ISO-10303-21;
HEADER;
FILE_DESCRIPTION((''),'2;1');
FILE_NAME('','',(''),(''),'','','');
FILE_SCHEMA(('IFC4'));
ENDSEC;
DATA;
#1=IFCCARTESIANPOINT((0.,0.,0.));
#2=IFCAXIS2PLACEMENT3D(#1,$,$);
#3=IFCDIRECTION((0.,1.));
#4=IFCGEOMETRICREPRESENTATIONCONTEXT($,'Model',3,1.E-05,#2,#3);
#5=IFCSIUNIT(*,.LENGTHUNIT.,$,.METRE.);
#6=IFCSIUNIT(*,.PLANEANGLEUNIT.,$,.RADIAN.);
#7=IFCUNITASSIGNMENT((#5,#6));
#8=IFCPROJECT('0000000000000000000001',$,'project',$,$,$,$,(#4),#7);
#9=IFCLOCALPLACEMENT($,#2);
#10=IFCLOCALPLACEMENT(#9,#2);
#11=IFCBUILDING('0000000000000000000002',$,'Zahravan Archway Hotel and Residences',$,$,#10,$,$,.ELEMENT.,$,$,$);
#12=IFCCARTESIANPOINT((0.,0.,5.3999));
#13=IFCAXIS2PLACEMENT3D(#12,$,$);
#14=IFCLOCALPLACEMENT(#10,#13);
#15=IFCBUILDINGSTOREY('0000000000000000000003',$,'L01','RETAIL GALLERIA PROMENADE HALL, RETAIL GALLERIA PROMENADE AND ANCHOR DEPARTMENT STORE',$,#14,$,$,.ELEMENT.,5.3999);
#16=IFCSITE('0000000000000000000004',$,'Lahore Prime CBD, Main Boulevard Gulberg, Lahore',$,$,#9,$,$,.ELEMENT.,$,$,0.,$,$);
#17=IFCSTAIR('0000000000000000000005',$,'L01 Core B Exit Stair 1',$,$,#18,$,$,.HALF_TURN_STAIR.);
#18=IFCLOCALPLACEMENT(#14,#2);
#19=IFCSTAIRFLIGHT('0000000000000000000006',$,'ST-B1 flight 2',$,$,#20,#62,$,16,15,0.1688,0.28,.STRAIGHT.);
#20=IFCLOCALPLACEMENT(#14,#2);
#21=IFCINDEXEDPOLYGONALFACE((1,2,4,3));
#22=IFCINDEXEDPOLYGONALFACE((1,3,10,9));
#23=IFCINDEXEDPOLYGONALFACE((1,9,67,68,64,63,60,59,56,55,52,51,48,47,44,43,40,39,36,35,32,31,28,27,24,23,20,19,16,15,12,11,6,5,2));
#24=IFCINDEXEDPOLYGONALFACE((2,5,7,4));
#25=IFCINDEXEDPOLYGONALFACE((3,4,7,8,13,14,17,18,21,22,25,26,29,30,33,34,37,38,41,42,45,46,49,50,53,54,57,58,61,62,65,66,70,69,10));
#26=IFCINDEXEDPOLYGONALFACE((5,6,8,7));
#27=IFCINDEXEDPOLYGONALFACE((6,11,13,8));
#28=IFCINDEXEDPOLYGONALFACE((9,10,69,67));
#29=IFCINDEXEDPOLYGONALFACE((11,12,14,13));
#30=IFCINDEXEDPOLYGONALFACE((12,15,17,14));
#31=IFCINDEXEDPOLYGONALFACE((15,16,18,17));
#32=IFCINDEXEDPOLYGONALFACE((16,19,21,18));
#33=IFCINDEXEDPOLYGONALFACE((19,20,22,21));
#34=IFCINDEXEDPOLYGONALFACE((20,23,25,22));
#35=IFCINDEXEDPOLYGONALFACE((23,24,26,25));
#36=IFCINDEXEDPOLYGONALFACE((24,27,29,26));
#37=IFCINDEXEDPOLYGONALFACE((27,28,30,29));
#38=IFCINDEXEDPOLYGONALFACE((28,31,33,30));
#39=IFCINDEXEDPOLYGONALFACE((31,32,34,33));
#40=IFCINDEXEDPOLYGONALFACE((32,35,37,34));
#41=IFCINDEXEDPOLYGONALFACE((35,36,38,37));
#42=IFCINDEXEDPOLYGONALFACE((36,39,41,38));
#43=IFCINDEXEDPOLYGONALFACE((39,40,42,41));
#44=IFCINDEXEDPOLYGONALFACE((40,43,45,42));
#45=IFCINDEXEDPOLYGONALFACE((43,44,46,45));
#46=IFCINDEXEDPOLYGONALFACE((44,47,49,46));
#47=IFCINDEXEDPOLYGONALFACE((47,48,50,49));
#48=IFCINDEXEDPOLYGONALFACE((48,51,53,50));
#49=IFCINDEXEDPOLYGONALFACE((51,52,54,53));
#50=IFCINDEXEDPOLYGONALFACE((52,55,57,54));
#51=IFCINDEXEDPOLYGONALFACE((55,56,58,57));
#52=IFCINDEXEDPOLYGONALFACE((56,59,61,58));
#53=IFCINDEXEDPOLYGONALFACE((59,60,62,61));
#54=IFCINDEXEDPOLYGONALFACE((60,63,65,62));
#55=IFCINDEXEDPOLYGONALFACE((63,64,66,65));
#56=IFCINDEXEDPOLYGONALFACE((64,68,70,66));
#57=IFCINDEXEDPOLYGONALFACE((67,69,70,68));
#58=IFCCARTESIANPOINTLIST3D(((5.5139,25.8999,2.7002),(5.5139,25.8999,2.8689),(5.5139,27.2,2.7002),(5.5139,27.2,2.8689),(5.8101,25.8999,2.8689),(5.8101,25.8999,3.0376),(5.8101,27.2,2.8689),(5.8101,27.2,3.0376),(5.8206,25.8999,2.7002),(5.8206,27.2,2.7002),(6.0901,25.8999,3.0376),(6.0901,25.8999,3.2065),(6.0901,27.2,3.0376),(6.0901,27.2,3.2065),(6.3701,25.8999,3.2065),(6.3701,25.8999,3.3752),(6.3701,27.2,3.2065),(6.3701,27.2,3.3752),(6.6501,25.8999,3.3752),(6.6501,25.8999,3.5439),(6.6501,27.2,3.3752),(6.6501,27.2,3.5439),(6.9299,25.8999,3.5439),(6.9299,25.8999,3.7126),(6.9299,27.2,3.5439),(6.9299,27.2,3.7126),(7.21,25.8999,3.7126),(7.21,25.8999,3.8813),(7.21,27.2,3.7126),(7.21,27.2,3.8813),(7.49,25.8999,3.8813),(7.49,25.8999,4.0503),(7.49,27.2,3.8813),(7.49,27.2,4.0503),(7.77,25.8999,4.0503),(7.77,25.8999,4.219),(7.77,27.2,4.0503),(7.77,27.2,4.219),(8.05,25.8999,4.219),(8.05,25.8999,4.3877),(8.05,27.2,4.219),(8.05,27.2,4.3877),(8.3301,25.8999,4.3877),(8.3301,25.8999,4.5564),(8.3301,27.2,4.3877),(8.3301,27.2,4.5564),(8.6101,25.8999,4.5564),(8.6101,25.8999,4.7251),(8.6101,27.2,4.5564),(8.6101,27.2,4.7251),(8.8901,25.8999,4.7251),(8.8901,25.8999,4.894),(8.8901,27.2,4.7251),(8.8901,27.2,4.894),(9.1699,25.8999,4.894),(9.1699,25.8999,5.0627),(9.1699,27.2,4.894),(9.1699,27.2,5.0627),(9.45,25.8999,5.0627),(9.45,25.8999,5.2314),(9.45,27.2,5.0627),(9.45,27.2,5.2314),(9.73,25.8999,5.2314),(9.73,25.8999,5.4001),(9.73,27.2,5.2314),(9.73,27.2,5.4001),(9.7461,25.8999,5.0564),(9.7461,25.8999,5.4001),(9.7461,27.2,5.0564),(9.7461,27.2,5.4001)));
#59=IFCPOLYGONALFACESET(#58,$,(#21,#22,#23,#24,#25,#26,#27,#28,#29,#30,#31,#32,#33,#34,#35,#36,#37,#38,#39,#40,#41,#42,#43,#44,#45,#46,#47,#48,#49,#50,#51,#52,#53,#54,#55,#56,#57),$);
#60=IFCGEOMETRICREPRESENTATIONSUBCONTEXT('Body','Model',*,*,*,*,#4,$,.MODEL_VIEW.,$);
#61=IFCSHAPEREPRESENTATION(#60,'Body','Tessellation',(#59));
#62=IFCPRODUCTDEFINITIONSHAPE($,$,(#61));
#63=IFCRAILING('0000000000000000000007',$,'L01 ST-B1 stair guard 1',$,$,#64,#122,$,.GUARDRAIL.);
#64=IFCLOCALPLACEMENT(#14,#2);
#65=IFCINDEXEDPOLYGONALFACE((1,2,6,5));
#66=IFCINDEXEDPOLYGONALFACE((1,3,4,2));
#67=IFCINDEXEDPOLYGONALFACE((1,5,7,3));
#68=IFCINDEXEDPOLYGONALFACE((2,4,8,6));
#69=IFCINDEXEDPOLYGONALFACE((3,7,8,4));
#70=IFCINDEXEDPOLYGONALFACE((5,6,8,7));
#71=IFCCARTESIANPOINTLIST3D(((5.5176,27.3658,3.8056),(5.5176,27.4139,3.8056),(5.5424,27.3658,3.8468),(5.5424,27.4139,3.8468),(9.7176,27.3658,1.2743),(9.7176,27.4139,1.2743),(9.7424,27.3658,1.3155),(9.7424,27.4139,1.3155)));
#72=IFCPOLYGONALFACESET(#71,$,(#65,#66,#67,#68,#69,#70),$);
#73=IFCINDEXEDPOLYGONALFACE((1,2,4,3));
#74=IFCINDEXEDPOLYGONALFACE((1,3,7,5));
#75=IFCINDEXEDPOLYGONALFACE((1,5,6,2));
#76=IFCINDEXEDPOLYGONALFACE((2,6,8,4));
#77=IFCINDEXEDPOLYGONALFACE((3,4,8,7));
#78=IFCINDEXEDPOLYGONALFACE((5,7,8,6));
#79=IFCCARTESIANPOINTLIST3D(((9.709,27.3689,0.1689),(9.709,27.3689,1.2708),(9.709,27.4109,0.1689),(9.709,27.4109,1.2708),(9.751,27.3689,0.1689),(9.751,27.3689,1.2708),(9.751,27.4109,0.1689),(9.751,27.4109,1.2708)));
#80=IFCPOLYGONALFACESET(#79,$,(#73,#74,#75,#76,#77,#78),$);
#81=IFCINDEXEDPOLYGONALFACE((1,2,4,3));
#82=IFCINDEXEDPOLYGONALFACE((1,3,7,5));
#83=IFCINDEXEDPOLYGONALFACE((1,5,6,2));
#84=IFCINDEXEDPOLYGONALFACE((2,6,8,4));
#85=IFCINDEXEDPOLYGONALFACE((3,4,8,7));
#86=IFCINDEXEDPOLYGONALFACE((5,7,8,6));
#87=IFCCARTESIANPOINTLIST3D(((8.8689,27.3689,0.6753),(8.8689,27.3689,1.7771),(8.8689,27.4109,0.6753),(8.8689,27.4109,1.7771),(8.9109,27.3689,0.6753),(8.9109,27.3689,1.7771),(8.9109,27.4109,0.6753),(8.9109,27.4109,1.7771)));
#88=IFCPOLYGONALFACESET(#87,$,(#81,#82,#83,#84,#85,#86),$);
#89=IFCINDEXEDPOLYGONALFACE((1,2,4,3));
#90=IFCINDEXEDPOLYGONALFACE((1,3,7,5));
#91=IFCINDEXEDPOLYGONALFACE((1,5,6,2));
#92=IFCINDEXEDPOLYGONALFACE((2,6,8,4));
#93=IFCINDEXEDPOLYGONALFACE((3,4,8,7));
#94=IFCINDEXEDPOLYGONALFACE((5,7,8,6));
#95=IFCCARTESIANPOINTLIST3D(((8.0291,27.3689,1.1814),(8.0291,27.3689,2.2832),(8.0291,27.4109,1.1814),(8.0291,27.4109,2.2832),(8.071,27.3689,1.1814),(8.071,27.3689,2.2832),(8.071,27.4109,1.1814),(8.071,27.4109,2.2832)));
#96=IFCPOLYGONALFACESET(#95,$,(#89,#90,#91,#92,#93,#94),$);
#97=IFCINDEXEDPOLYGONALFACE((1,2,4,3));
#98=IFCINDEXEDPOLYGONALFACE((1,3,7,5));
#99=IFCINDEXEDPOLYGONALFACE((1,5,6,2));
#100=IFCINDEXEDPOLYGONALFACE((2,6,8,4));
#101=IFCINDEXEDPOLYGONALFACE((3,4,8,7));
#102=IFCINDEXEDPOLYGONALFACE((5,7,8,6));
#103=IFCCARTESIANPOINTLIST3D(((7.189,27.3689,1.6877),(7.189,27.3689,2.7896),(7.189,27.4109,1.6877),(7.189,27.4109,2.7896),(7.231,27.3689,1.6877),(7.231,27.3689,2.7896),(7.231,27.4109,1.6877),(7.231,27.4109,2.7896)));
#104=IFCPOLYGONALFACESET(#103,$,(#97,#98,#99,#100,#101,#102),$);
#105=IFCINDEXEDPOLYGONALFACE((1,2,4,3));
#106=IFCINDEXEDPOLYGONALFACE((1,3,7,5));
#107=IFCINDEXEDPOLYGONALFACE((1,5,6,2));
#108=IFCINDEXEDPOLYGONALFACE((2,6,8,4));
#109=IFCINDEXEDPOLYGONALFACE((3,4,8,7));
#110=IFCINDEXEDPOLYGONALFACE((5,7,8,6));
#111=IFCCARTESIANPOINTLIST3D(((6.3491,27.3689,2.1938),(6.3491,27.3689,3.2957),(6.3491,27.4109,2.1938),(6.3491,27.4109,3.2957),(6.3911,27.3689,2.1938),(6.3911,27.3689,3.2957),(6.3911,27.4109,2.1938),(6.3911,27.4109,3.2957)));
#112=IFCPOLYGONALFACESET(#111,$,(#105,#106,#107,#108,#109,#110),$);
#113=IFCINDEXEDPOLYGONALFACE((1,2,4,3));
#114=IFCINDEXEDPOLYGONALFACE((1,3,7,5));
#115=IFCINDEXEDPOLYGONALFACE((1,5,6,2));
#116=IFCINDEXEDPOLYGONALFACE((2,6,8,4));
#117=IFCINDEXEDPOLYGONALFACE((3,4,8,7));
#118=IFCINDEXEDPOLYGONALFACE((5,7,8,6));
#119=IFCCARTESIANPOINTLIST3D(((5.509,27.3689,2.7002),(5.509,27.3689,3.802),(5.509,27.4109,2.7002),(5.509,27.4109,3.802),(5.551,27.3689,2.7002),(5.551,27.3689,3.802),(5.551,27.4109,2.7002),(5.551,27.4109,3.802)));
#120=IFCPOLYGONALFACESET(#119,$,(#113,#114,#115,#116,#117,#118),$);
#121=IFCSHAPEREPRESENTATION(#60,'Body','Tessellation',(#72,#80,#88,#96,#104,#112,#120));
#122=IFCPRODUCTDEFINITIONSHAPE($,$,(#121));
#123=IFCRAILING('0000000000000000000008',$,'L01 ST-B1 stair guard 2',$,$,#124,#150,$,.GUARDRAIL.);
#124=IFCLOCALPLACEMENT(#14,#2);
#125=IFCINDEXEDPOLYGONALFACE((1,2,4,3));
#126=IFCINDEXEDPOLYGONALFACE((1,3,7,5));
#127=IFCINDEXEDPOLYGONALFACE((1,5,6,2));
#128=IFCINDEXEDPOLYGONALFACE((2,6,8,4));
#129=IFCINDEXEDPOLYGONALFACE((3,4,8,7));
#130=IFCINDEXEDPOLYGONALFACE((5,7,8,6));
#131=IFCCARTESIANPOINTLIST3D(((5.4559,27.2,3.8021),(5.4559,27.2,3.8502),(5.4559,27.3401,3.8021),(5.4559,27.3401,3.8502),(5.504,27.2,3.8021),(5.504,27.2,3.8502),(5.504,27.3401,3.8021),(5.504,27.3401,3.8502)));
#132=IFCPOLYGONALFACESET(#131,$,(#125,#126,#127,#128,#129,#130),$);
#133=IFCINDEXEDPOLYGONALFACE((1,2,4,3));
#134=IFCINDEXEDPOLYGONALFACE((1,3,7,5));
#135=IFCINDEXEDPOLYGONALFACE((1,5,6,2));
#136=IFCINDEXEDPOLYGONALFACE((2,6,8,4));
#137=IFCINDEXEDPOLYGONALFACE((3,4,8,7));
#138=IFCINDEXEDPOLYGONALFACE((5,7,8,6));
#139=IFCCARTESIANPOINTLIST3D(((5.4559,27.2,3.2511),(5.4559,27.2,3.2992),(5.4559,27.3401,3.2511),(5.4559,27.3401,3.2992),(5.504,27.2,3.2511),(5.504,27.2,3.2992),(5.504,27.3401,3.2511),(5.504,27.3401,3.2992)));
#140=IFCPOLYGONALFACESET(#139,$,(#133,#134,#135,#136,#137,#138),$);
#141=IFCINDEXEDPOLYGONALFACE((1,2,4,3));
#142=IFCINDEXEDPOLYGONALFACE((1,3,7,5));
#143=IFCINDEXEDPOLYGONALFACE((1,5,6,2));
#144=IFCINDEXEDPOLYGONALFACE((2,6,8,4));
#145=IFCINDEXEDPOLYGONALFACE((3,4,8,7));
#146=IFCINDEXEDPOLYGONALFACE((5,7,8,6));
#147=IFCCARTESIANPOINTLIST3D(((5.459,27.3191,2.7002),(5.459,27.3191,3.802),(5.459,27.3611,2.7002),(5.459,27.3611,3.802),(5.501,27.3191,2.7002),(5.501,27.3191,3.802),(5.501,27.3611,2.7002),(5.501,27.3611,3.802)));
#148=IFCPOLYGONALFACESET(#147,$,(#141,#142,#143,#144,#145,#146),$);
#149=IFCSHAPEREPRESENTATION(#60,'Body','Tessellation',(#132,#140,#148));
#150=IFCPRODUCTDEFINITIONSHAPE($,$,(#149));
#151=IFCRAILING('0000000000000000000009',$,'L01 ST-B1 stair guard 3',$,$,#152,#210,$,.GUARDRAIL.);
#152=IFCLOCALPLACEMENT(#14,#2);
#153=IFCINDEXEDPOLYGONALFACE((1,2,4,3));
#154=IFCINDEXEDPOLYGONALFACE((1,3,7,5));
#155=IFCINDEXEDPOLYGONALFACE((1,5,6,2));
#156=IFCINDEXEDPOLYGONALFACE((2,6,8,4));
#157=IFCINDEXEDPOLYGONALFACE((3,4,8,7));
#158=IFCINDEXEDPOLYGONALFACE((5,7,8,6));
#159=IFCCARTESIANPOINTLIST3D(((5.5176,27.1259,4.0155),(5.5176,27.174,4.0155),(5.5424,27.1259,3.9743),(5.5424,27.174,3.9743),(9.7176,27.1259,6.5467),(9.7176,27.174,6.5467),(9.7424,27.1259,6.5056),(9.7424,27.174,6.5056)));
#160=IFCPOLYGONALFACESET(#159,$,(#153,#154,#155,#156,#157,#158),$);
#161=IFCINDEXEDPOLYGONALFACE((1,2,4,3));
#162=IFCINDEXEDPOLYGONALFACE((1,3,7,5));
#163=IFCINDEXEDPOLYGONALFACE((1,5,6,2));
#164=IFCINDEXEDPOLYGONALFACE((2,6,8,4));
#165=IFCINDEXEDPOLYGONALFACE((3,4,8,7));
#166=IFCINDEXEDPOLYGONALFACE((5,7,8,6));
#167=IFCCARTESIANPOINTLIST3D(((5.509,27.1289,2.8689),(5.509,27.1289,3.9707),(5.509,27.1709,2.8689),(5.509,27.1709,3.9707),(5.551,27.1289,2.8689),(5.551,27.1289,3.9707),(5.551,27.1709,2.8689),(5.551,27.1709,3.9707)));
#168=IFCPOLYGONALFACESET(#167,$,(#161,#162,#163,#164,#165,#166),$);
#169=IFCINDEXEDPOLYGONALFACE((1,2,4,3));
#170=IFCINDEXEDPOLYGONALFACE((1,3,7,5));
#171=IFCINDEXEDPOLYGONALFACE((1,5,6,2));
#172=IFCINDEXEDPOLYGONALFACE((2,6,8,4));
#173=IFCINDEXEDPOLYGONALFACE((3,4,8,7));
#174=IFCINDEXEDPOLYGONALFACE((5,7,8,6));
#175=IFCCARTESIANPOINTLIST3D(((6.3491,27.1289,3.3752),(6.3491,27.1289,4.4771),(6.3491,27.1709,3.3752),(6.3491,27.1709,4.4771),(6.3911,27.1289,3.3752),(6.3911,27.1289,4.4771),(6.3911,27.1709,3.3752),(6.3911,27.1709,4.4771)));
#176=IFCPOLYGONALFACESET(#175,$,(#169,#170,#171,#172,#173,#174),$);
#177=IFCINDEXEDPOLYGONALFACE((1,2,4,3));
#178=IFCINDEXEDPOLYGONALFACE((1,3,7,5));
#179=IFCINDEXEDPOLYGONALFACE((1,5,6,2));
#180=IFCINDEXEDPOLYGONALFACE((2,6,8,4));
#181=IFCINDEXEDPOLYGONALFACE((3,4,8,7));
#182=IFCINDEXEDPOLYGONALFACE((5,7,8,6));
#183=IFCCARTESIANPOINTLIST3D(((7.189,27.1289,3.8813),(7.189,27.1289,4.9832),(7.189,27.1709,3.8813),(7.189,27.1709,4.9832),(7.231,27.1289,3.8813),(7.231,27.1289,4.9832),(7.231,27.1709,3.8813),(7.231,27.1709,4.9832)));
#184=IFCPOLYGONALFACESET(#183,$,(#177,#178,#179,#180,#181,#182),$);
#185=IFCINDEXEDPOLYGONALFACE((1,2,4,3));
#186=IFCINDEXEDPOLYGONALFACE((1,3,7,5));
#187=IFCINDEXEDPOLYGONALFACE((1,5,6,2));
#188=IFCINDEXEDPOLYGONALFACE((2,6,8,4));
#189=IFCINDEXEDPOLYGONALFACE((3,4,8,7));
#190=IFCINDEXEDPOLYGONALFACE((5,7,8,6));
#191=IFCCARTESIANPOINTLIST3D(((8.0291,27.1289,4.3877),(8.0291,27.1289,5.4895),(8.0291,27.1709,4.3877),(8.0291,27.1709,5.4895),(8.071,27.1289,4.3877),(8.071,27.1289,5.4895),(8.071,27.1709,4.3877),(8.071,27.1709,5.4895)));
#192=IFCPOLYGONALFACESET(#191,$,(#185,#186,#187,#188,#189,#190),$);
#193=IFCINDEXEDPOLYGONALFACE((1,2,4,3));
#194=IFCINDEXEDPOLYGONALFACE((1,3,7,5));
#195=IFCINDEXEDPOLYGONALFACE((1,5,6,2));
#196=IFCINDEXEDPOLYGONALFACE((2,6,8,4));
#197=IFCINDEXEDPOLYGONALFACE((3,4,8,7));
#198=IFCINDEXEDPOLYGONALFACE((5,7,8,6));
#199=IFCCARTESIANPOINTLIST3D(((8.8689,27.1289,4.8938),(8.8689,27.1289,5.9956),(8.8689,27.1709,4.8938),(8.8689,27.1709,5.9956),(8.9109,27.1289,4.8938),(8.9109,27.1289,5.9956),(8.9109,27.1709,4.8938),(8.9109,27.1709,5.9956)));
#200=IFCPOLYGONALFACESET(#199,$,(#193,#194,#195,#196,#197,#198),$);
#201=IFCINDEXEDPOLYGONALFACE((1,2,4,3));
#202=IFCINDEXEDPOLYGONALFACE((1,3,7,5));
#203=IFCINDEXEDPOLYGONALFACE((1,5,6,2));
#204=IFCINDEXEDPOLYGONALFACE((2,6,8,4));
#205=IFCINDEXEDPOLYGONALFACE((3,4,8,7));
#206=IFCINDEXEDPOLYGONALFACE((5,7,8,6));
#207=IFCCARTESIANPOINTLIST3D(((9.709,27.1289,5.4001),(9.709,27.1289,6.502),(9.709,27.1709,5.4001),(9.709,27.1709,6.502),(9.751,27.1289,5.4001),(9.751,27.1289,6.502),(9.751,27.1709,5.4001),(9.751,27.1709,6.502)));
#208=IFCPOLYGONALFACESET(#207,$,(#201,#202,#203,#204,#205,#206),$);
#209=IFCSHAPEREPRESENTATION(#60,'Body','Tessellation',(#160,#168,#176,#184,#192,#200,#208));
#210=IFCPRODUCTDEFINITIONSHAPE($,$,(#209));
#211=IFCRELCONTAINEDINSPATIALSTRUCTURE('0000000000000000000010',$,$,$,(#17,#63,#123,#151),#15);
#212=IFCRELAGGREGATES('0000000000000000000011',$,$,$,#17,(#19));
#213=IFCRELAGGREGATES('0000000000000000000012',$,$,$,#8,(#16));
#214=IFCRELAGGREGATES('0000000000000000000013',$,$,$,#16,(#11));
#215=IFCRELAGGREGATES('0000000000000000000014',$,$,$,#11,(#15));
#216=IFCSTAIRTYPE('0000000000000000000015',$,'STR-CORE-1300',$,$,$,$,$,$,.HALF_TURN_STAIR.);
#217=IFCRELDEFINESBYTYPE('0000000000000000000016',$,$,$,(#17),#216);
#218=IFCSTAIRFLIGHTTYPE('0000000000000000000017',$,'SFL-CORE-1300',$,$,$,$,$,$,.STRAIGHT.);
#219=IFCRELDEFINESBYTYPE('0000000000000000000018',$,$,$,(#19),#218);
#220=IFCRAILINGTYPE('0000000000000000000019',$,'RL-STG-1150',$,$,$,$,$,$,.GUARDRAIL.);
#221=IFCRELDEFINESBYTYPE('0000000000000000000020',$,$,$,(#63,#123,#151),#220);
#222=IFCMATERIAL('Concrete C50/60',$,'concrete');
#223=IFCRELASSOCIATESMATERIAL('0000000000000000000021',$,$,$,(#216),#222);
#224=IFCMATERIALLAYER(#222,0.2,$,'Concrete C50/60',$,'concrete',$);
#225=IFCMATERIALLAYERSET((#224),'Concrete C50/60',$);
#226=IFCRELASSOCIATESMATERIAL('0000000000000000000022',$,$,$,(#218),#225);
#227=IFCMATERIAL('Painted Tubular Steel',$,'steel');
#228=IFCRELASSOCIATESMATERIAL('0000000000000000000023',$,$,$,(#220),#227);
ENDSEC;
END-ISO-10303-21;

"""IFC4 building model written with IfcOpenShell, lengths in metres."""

from ifc_helpers import new_model, si_unit, direction, frame, origin, origin_2d, place, context, subcontext, project, spatial, polyline, rectangle, outline, extrude, source, transform, mapped, material, layer, layer_set, type_object, element, aggregate, save


model = new_model("IFC4")

# Units and contexts
model_context = context("Model", 3, precision=1e-05, world=origin(), true_north=direction((0.0, 1.0)))
body_context = subcontext(model_context, "Body", "Model", "MODEL_VIEW")
ifc_project = project(units=[si_unit("LENGTHUNIT", "METRE"), si_unit("PLANEANGLEUNIT", "RADIAN")], contexts=[model_context])

# Site, building, storey
site_placement = place(None, origin())
site = spatial("IfcSite", under=ifc_project, at=site_placement, Name="Lahore Prime CBD, Main Boulevard Gulberg, Lahore", CompositionType="ELEMENT", RefElevation=0.0)
building_placement = place(site_placement, origin())
building = spatial("IfcBuilding", under=site, at=building_placement, Name="Zahravan Archway Hotel and Residences", CompositionType="ELEMENT")
storey_placement = place(building_placement, frame((0.0, 0.0, 5.3999)))
storey = spatial("IfcBuildingStorey", under=building, at=storey_placement, Name="L01", Description="RETAIL GALLERIA PROMENADE HALL, RETAIL GALLERIA PROMENADE AND ANCHOR DEPARTMENT STORE", CompositionType="ELEMENT", Elevation=5.3999)

# Shared definitions
ifc_material_1 = material(Name="Concrete C50/60", Category="concrete")

# Stair, stair flight
stair_type = type_object("IfcStairType", Name="STR-CORE-1300", PredefinedType="HALF_TURN_STAIR", material=ifc_material_1)
stair_placement = place(storey_placement, origin())
stair = element("IfcStair", 1, at=stair_placement, inside=storey, type_object=stair_type, Name="L01 Core B Exit Stair 1", PredefinedType="HALF_TURN_STAIR")
ifc_layer_1 = layer(ifc_material_1, 0.2, Name="Concrete C50/60", Category="concrete")
ifc_layer_set_1 = layer_set([ifc_layer_1], Name="Concrete C50/60")
stair_flight_type = type_object("IfcStairFlightType", Name="SFL-CORE-1300", PredefinedType="STRAIGHT", material=ifc_layer_set_1)
shared_shape_1 = source(origin(), body_context, "Body", "SweptSolid", [
    extrude(outline(polyline([(-0.0161, 0.0), (-0.0161, 0.1687), (0.28, 0.1687), (0.28, 0.3374), (0.5601, 0.3374), (0.5601, 0.5063), (0.8401, 0.5063), (0.8401, 0.675), (1.1201, 0.675), (1.1201, 0.8438), (1.3999, 0.8438), (1.3999, 1.0125), (1.6799, 1.0125), (1.6799, 1.1812), (1.96, 1.1812), (1.96, 1.3501), (2.24, 1.3501), (2.24, 1.5188), (2.52, 1.5188), (2.52, 1.6875), (2.8, 1.6875), (2.8, 1.8562), (3.0801, 1.8562), (3.0801, 2.0249), (3.3601, 2.0249), (3.3601, 2.1938), (3.6399, 2.1938), (3.6399, 2.3625), (3.9199, 2.3625), (3.9199, 2.5312), (4.2, 2.5312), (4.2, 2.7), (4.2161, 2.7), (4.2161, 2.3562), (0.2905, 0.0), (-0.0161, 0.0)])), frame((0.0, 0.6499, 0.0), z_axis=(0.0, -1.0, 0.0), x_axis=(1.0, 0.0, 0.0)), (0.0, 0.0, 1.0), 1.3),
])
stair_flight_1_placement = place(storey_placement, frame((5.53, 26.55, 2.7002), z_axis=(0.0, 0.0, 1.0), x_axis=(1.0, 0.0, 0.0)))
stair_flight_1 = element("IfcStairFlight", 2, at=stair_flight_1_placement, type_object=stair_flight_type, Name="ST-B1 flight 2", NumberOfRisers=16, NumberOfTreads=15, PredefinedType="STRAIGHT", RiserHeight=0.1688, TreadLength=0.28, context=body_context, shape_type="MappedRepresentation", body=[
    mapped(shared_shape_1, transform((0.0, 0.0, 0.0), scale=1.0)),
])
aggregate(stair, [stair_flight_1])

# Railings
ifc_material_2 = material(Name="Painted Tubular Steel", Category="steel")
railing_type_1 = type_object("IfcRailingType", Name="RL-STG-1150", PredefinedType="GUARDRAIL", material=ifc_material_2)
railing_1_placement = place(storey_placement, frame((9.73, 27.3899, 0.1689)))
element("IfcRailing", 3, at=railing_1_placement, inside=storey, type_object=railing_type_1, Name="L01 ST-B1 stair guard 1", PredefinedType="GUARDRAIL", context=body_context, shape_type="SweptSolid", body=[
    extrude(rectangle(XDim=0.0481, YDim=0.0481, at=origin_2d()), frame((0.0, 0.0, 1.126), z_axis=(-0.856476, 0.0, 0.516186), x_axis=(0.0, -1.0, 0.0)), (0.0, 0.0, 1.0), 4.9038),
    extrude(rectangle(XDim=0.042, YDim=0.042, at=origin_2d()), origin(), (0.0, 0.0, 1.0), 1.1018),
    extrude(rectangle(XDim=0.042, YDim=0.042, at=origin_2d()), frame((-0.8401, 0.0, 0.5063)), (0.0, 0.0, 1.0), 1.1018),
    extrude(rectangle(XDim=0.042, YDim=0.042, at=origin_2d()), frame((-1.6799, 0.0, 1.0125)), (0.0, 0.0, 1.0), 1.1018),
    extrude(rectangle(XDim=0.042, YDim=0.042, at=origin_2d()), frame((-2.52, 0.0, 1.5188)), (0.0, 0.0, 1.0), 1.1018),
    extrude(rectangle(XDim=0.042, YDim=0.042, at=origin_2d()), frame((-3.3599, 0.0, 2.0249)), (0.0, 0.0, 1.0), 1.1018),
    extrude(rectangle(XDim=0.042, YDim=0.042, at=origin_2d()), frame((-4.2, 0.0, 2.5312)), (0.0, 0.0, 1.0), 1.1018),
])
railing_2_placement = place(storey_placement, frame((5.48, 27.3401, 2.7002)))
element("IfcRailing", 4, at=railing_2_placement, inside=storey, type_object=railing_type_1, Name="L01 ST-B1 stair guard 2", PredefinedType="GUARDRAIL", context=body_context, shape_type="SweptSolid", body=[
    extrude(rectangle(XDim=0.0481, YDim=0.0481, at=origin_2d()), frame((0.0, 0.0, 1.126), z_axis=(0.0, -1.0, 0.0), x_axis=(1.0, 0.0, 0.0)), (0.0, 0.0, 1.0), 0.1401),
    extrude(rectangle(XDim=0.0481, YDim=0.0481, at=origin_2d()), frame((0.0, 0.0, 0.575), z_axis=(0.0, -1.0, 0.0), x_axis=(1.0, 0.0, 0.0)), (0.0, 0.0, 1.0), 0.1401),
    extrude(rectangle(XDim=0.042, YDim=0.042, at=origin_2d()), origin(), (0.0, 0.0, 1.0), 1.1018),
])
railing_3_placement = place(storey_placement, frame((5.53, 27.1499, 2.8689)))
element("IfcRailing", 5, at=railing_3_placement, inside=storey, type_object=railing_type_1, Name="L01 ST-B1 stair guard 3", PredefinedType="GUARDRAIL", context=body_context, shape_type="SweptSolid", body=[
    extrude(rectangle(XDim=0.0481, YDim=0.0481, at=origin_2d()), frame((0.0, 0.0, 1.126), z_axis=(0.856476, 0.0, 0.516186), x_axis=(0.0, 1.0, 0.0)), (0.0, 0.0, 1.0), 4.9038),
    extrude(rectangle(XDim=0.042, YDim=0.042, at=origin_2d()), origin(), (0.0, 0.0, 1.0), 1.1018),
    extrude(rectangle(XDim=0.042, YDim=0.042, at=origin_2d()), frame((0.8401, 0.0, 0.5063)), (0.0, 0.0, 1.0), 1.1018),
    extrude(rectangle(XDim=0.042, YDim=0.042, at=origin_2d()), frame((1.6799, 0.0, 1.0125)), (0.0, 0.0, 1.0), 1.1018),
    extrude(rectangle(XDim=0.042, YDim=0.042, at=origin_2d()), frame((2.52, 0.0, 1.5188)), (0.0, 0.0, 1.0), 1.1018),
    extrude(rectangle(XDim=0.042, YDim=0.042, at=origin_2d()), frame((3.3599, 0.0, 2.0249)), (0.0, 0.0, 1.0), 1.1018),
    extrude(rectangle(XDim=0.042, YDim=0.042, at=origin_2d()), frame((4.2, 0.0, 2.5312)), (0.0, 0.0, 1.0), 1.1018),
])

save(model, "model.ifc")
